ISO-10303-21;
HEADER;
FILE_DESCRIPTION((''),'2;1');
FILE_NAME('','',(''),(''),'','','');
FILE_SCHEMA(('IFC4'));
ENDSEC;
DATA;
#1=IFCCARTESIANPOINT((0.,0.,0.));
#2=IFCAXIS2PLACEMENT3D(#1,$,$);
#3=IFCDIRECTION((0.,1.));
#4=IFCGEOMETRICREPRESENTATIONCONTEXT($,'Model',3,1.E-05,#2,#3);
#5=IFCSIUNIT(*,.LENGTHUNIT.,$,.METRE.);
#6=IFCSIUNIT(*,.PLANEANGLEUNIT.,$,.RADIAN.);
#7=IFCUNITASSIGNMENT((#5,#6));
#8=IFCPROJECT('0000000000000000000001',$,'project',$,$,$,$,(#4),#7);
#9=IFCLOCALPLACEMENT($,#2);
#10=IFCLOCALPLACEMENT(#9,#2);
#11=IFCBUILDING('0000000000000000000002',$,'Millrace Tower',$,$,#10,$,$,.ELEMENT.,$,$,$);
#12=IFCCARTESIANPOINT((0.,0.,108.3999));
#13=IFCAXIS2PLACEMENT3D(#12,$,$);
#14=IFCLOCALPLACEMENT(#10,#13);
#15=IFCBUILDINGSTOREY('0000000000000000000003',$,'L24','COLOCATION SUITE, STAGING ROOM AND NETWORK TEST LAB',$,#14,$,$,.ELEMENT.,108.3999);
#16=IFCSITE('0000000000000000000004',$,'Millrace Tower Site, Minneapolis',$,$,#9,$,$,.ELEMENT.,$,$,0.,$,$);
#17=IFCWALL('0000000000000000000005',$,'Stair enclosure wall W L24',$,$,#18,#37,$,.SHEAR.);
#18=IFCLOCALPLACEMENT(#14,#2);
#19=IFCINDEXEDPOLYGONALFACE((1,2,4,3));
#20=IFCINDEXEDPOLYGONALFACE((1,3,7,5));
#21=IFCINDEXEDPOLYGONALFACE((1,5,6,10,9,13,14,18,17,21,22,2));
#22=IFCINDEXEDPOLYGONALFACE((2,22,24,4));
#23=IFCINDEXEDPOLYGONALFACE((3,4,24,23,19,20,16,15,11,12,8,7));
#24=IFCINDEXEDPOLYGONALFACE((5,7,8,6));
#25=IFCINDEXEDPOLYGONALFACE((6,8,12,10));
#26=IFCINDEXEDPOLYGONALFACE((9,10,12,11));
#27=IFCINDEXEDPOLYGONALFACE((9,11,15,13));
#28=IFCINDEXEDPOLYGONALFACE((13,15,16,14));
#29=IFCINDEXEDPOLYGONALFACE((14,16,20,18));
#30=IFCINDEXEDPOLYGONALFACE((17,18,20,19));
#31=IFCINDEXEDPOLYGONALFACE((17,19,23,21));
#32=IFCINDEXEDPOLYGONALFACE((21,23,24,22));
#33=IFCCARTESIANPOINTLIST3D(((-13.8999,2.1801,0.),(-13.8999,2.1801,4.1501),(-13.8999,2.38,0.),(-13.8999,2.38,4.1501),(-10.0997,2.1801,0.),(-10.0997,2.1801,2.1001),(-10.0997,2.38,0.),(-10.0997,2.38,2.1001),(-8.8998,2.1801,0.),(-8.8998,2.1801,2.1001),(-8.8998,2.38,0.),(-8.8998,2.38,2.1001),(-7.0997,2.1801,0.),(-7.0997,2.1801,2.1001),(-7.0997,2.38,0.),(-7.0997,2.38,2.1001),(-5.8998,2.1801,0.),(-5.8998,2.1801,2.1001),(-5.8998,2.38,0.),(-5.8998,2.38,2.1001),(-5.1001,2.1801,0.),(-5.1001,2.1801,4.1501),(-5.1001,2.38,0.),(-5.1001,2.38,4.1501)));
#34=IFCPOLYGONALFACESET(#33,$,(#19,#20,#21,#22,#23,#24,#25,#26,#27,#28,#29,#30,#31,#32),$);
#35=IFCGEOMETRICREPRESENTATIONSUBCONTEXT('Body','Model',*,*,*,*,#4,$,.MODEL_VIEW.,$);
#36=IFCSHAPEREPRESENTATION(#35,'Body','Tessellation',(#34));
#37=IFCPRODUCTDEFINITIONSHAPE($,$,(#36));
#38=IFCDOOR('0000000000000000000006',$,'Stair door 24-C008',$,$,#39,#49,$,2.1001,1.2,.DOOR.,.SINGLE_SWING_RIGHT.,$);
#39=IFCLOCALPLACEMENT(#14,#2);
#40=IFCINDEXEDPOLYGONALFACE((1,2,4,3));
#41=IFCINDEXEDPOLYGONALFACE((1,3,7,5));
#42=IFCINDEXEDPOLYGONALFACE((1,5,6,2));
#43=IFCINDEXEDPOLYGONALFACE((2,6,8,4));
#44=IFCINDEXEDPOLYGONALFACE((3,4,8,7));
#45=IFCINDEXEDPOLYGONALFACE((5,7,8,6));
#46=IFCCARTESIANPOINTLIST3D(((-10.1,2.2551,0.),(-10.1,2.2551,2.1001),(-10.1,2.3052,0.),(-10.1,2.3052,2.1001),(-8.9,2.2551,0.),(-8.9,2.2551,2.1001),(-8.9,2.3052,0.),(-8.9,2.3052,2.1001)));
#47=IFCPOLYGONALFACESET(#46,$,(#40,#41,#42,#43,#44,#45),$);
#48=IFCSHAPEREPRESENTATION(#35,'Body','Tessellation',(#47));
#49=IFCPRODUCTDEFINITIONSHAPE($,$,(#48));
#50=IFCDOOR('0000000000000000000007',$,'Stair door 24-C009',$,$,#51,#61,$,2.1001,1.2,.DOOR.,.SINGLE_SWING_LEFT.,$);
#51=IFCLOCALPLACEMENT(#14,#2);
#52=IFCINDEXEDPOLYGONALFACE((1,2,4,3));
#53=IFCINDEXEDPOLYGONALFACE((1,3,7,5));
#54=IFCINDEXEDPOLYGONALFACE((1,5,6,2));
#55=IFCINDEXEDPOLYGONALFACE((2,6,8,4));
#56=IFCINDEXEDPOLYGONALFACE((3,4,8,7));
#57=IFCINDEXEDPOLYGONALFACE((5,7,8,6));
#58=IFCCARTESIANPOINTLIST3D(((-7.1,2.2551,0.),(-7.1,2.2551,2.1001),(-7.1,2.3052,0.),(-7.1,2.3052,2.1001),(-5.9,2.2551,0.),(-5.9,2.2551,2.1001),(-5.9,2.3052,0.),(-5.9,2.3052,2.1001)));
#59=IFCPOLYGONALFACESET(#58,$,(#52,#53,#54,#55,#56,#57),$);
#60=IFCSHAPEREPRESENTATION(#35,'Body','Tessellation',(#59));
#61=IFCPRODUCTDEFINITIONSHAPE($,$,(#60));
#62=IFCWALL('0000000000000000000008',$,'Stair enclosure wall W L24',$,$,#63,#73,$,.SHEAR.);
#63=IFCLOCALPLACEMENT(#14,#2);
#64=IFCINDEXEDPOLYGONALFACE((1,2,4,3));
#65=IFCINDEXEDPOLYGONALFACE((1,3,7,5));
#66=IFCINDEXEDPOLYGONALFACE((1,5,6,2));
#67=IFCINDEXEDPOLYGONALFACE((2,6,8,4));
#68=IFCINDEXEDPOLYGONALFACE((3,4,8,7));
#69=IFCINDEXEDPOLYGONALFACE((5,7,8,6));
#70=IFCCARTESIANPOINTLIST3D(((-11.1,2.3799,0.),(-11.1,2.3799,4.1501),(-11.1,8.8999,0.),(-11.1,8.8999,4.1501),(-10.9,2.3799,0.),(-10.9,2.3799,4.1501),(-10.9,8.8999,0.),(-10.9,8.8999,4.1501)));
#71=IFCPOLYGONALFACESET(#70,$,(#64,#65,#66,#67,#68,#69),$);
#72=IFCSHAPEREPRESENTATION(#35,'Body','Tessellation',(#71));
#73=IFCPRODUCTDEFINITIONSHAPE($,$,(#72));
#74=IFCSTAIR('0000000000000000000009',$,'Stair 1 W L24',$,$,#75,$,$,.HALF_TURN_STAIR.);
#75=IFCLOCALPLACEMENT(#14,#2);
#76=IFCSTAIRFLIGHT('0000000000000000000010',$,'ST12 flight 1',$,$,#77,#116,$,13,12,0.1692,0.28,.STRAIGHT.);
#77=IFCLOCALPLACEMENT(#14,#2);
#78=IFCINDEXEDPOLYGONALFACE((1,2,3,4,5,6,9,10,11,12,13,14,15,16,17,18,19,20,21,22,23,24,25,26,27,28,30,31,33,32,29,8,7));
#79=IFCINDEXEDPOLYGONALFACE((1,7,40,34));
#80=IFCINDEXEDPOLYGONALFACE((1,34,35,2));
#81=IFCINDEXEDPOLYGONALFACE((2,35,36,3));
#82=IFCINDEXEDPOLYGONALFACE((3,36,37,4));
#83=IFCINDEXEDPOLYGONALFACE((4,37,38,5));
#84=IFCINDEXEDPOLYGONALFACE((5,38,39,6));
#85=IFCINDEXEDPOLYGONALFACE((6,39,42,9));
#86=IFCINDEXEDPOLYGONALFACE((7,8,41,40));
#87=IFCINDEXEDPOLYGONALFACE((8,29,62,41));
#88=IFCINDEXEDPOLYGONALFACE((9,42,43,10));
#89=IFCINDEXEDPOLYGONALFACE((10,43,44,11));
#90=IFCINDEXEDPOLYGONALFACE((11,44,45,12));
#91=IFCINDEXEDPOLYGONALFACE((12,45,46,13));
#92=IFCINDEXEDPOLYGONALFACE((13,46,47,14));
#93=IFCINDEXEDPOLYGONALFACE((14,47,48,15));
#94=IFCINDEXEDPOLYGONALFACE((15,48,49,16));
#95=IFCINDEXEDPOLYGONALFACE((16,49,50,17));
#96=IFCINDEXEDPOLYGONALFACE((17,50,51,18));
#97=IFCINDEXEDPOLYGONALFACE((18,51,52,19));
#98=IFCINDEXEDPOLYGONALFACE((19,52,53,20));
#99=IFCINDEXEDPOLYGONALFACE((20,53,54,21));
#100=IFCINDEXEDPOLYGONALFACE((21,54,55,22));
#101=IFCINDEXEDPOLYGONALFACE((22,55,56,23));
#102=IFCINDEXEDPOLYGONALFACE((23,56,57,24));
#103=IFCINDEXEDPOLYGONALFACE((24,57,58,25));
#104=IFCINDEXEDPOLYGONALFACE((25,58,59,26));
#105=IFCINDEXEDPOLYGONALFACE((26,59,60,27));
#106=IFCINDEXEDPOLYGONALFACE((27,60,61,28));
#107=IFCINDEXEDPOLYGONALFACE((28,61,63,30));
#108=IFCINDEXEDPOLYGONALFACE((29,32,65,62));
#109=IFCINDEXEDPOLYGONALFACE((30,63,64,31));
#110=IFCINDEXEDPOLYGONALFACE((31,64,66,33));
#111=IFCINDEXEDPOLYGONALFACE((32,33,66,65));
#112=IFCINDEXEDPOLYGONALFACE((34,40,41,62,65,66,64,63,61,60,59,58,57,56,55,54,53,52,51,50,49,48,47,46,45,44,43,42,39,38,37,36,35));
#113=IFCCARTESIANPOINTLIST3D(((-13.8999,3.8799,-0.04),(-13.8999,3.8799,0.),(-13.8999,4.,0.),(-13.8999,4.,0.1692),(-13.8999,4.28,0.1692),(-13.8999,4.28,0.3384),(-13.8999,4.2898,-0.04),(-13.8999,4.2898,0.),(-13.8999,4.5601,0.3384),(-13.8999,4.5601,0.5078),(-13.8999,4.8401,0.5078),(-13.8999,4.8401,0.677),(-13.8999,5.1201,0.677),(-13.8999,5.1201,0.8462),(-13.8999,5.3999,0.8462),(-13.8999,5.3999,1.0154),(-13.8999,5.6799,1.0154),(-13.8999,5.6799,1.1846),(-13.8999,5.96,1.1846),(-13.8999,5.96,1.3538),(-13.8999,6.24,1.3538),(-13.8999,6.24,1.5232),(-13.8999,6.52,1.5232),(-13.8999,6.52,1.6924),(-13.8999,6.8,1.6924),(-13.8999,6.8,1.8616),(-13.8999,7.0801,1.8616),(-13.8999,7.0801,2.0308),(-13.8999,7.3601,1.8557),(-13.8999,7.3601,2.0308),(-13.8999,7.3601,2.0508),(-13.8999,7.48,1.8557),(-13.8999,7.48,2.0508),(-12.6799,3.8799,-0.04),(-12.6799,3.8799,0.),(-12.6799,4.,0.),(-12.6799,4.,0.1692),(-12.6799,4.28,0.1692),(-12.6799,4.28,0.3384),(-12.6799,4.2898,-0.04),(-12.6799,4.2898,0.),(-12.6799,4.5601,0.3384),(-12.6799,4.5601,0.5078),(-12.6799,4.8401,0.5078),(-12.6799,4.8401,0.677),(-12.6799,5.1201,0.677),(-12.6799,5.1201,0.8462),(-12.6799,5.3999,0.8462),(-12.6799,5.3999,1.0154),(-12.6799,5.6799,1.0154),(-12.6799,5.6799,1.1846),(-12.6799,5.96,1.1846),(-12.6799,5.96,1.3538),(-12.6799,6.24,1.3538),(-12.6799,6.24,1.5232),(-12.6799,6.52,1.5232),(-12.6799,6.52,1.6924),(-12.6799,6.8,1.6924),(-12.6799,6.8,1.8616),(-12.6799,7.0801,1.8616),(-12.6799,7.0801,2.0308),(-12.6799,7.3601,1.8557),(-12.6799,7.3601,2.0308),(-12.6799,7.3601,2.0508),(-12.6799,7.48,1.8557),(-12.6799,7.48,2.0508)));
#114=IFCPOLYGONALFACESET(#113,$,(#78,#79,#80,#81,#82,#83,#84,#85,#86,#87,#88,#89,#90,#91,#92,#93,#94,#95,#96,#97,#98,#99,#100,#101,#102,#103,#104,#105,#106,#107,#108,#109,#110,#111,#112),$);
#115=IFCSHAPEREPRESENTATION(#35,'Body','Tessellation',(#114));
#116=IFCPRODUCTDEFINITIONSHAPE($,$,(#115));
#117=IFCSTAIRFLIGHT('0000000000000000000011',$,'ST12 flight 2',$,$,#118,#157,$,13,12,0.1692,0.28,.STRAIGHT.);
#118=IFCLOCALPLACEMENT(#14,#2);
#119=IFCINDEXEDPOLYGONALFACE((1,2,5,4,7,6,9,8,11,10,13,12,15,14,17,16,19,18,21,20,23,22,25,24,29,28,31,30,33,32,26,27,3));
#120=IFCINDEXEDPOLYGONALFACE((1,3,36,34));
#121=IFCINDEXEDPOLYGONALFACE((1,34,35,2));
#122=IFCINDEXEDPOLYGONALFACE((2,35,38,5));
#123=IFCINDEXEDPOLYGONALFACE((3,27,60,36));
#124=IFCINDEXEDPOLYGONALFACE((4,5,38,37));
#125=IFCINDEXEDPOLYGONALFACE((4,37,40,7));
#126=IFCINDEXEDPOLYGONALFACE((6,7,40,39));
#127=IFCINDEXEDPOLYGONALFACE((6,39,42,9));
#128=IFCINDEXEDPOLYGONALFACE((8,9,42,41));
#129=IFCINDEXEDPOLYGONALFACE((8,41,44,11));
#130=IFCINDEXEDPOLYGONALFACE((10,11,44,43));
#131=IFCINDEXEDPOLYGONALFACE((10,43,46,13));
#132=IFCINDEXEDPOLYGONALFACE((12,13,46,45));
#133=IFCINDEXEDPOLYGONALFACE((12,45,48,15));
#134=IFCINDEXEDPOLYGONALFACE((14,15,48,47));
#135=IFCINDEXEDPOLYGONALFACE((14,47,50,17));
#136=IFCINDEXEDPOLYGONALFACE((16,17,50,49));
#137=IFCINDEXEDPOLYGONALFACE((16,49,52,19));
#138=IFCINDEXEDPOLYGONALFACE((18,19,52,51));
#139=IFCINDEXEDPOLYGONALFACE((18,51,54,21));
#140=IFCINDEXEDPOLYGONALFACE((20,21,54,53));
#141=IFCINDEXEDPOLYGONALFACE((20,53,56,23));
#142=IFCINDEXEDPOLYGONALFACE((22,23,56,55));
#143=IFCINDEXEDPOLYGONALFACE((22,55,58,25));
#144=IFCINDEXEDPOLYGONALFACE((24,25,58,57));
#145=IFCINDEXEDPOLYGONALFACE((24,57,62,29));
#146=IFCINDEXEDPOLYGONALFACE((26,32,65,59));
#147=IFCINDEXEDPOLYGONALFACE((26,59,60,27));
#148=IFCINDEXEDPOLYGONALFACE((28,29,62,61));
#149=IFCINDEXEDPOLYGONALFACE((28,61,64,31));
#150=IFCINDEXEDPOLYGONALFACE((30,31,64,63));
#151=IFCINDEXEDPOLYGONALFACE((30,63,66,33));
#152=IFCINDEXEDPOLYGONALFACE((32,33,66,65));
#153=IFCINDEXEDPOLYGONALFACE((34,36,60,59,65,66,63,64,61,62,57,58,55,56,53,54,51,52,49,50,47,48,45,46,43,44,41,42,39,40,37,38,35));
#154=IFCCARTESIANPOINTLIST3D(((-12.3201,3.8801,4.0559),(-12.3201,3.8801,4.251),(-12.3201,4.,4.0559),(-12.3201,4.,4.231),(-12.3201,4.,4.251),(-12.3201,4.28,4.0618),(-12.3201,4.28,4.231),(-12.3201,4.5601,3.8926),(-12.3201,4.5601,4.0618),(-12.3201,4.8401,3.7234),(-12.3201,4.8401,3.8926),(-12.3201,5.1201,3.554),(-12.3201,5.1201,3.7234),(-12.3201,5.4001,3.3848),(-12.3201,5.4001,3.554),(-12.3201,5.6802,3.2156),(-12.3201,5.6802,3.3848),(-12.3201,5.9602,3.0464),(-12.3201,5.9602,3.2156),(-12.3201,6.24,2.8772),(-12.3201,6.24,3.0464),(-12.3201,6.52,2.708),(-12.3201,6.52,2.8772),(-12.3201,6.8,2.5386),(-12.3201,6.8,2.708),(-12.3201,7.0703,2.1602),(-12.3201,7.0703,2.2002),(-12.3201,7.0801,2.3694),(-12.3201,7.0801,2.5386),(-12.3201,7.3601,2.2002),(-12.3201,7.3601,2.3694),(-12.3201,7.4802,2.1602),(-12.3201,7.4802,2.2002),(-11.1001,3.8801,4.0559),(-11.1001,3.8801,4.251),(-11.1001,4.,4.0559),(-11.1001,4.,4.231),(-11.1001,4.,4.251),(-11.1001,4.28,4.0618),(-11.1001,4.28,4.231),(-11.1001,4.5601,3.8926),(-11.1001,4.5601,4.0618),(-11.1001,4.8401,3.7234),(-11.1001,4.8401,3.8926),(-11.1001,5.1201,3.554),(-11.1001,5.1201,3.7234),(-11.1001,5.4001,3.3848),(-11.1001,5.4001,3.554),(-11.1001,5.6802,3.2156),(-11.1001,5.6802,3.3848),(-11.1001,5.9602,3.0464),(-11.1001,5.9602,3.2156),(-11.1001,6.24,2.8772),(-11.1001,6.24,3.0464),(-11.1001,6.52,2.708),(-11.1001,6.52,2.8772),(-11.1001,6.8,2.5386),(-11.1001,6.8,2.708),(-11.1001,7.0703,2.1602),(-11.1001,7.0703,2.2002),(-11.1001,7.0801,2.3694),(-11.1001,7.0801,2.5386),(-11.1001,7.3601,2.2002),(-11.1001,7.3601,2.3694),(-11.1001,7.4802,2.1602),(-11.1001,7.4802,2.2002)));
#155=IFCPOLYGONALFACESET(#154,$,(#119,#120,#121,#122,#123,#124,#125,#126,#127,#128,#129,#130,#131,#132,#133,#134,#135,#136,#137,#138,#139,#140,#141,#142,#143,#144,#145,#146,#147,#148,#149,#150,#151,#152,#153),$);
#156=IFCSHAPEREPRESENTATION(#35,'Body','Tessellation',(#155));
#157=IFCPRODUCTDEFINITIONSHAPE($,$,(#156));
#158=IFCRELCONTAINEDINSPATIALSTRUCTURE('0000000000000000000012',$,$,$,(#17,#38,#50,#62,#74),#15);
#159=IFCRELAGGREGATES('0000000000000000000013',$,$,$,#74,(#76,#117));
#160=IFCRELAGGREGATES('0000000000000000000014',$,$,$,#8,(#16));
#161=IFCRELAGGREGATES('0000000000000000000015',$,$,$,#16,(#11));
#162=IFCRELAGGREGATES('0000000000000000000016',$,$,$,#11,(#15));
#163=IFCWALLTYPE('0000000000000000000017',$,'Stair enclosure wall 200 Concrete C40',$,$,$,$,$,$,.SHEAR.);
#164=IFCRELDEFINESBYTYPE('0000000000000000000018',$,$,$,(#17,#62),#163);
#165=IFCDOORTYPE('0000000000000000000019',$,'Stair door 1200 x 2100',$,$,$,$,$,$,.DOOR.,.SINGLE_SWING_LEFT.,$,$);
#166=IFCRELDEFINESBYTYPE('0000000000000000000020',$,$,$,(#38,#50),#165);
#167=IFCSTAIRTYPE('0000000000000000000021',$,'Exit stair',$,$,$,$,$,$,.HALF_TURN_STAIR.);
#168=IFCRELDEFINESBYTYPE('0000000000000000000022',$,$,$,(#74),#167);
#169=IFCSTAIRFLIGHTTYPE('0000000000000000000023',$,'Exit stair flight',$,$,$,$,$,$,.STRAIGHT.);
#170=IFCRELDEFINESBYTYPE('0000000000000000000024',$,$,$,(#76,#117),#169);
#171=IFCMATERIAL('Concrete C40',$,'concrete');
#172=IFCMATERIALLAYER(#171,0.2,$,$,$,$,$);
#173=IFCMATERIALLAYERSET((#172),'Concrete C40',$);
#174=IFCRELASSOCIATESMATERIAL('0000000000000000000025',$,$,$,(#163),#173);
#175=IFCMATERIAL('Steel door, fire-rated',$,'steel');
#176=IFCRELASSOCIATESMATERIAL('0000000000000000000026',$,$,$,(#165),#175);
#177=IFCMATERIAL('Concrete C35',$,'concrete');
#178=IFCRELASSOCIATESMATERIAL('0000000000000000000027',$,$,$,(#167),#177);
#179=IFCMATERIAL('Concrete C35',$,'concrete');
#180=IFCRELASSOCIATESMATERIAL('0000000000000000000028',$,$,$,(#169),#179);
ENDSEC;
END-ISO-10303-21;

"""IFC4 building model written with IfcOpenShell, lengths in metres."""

from ifc_helpers import new_model, si_unit, direction, frame, frame_2d, origin, place, context, subcontext, project, spatial, polyline, rectangle, outline, extrude, material, layer, layer_set, type_object, element, fill, aggregate, save


model = new_model("IFC4")

# Units and contexts
model_context = context("Model", 3, precision=1e-05, world=origin(), true_north=direction((0.0, 1.0)))
body_context = subcontext(model_context, "Body", "Model", "MODEL_VIEW")
ifc_project = project(units=[si_unit("LENGTHUNIT", "METRE"), si_unit("PLANEANGLEUNIT", "RADIAN")], contexts=[model_context])

# Site, building, storey
site_placement = place(None, origin())
site = spatial("IfcSite", under=ifc_project, at=site_placement, Name="Millrace Tower Site, Minneapolis", CompositionType="ELEMENT", RefElevation=0.0)
building_placement = place(site_placement, origin())
building = spatial("IfcBuilding", under=site, at=building_placement, Name="Millrace Tower", CompositionType="ELEMENT")
storey_placement = place(building_placement, frame((0.0, 0.0, 108.3999)))
storey = spatial("IfcBuildingStorey", under=building, at=storey_placement, Name="L24", Description="COLOCATION SUITE, STAGING ROOM AND NETWORK TEST LAB", CompositionType="ELEMENT", Elevation=108.3999)

# Shared definitions
placement = place(storey_placement, origin())

# Shared definitions
ifc_material_1 = material(Name="Concrete C40", Category="concrete")
ifc_layer_1 = layer(ifc_material_1, 0.2)
ifc_layer_set_1 = layer_set([ifc_layer_1], Name="Concrete C40")
wall_type_1 = type_object("IfcWallType", Name="Stair enclosure wall 200 Concrete C40", PredefinedType="SHEAR", material=ifc_layer_set_1)

# Wall, openings, doors
wall_1_placement = place(storey_placement, frame((-13.8999, 2.28, 0.0), z_axis=(0.0, 0.0, 1.0), x_axis=(1.0, 0.0, 0.0)))
wall_1 = element("IfcWall", 1, at=wall_1_placement, inside=storey, type_object=wall_type_1, Name="Stair enclosure wall W L24", PredefinedType="SHEAR", context=body_context, shape_type="SweptSolid", body=[
    extrude(rectangle(XDim=8.7998, YDim=0.2, at=frame_2d((4.3999, 0.0))), origin(), (0.0, 0.0, 1.0), 4.1501),
])
opening_1_placement = place(wall_1_placement, frame((3.8, 0.0, 0.0)))
opening_1 = element("IfcOpeningElement", 2, at=opening_1_placement, cuts=wall_1, PredefinedType="OPENING", context=body_context, shape_type="SweptSolid", body=[
    extrude(rectangle(XDim=1.2, YDim=2.1001, at=frame_2d((0.6001, 1.05))), frame((0.0, 0.1099, 0.0), z_axis=(0.0, -1.0, 0.0), x_axis=(1.0, 0.0, 0.0)), (0.0, 0.0, 1.0), 0.22),
])
opening_2_placement = place(wall_1_placement, frame((6.8, 0.0, 0.0)))
opening_2 = element("IfcOpeningElement", 3, at=opening_2_placement, cuts=wall_1, PredefinedType="OPENING", context=body_context, shape_type="SweptSolid", body=[
    extrude(rectangle(XDim=1.2, YDim=2.1001, at=frame_2d((0.6001, 1.05))), frame((0.0, 0.1099, 0.0), z_axis=(0.0, -1.0, 0.0), x_axis=(1.0, 0.0, 0.0)), (0.0, 0.0, 1.0), 0.22),
])
ifc_material_2 = material(Name="Steel door, fire-rated", Category="steel")
door_type_1 = type_object("IfcDoorType", Name="Stair door 1200 x 2100", OperationType="SINGLE_SWING_LEFT", PredefinedType="DOOR", material=ifc_material_2)
door_1_placement = place(opening_1_placement, frame((1.2, 0.0, 0.0), z_axis=(0.0, 0.0, 1.0), x_axis=(-1.0, 0.0, 0.0)))
door_1 = element("IfcDoor", 4, at=door_1_placement, inside=storey, type_object=door_type_1, Name="Stair door 24-C008", OperationType="SINGLE_SWING_RIGHT", OverallHeight=2.1001, OverallWidth=1.2, PredefinedType="DOOR", context=body_context, shape_type="SweptSolid", body=[
    extrude(rectangle(XDim=1.2, YDim=2.1001, at=frame_2d((0.6001, 1.05))), frame((0.0, 0.0249, 0.0), z_axis=(0.0, -1.0, 0.0), x_axis=(1.0, 0.0, 0.0)), (0.0, 0.0, 1.0), 0.05),
])
fill(opening_1, door_1)
door_2_placement = place(opening_2_placement, frame((1.2, 0.0, 0.0), z_axis=(0.0, 0.0, 1.0), x_axis=(-1.0, 0.0, 0.0)))
door_2 = element("IfcDoor", 5, at=door_2_placement, inside=storey, type_object=door_type_1, Name="Stair door 24-C009", OperationType="SINGLE_SWING_LEFT", OverallHeight=2.1001, OverallWidth=1.2, PredefinedType="DOOR", context=body_context, shape_type="SweptSolid", body=[
    extrude(rectangle(XDim=1.2, YDim=2.1001, at=frame_2d((0.6001, 1.05))), frame((0.0, 0.0249, 0.0), z_axis=(0.0, -1.0, 0.0), x_axis=(1.0, 0.0, 0.0)), (0.0, 0.0, 1.0), 0.05),
])
fill(opening_2, door_2)

# Wall
wall_2_placement = place(storey_placement, frame((-11.0, 2.3799, 0.0), z_axis=(0.0, 0.0, 1.0), x_axis=(0.0, 1.0, 0.0)))
element("IfcWall", 6, at=wall_2_placement, inside=storey, type_object=wall_type_1, Name="Stair enclosure wall W L24", PredefinedType="SHEAR", context=body_context, shape_type="SweptSolid", body=[
    extrude(rectangle(XDim=6.52, YDim=0.2, at=frame_2d((3.26, 0.0))), origin(), (0.0, 0.0, 1.0), 4.1501),
])

# Stair, stair flights
ifc_material_3 = material(Name="Concrete C35", Category="concrete")
stair_type = type_object("IfcStairType", Name="Exit stair", PredefinedType="HALF_TURN_STAIR", material=ifc_material_3)
stair = element("IfcStair", 7, at=placement, inside=storey, type_object=stair_type, Name="Stair 1 W L24", PredefinedType="HALF_TURN_STAIR")
ifc_material_4 = material(Name="Concrete C35", Category="concrete")
stair_flight_type = type_object("IfcStairFlightType", Name="Exit stair flight", PredefinedType="STRAIGHT", material=ifc_material_4)
stair_flight_1_placement = place(storey_placement, frame((-13.29, 4.0, 0.0), z_axis=(0.0, 0.0, 1.0), x_axis=(0.0, 1.0, 0.0)))
stair_flight_1 = element("IfcStairFlight", 8, at=stair_flight_1_placement, type_object=stair_flight_type, Name="ST12 flight 1", NumberOfRisers=13, NumberOfTreads=12, PredefinedType="STRAIGHT", RiserHeight=0.1692, TreadLength=0.28, context=body_context, shape_type="SweptSolid", body=[
    extrude(outline(polyline([(-0.1201, -0.04), (-0.1201, 0.0), (0.0, 0.0), (0.0, 0.1692), (0.28, 0.1692), (0.28, 0.3384), (0.5601, 0.3384), (0.5601, 0.5078), (0.8401, 0.5078), (0.8401, 0.677), (1.1201, 0.677), (1.1201, 0.8462), (1.3999, 0.8462), (1.3999, 1.0154), (1.6799, 1.0154), (1.6799, 1.1846), (1.96, 1.1846), (1.96, 1.3538), (2.24, 1.3538), (2.24, 1.5232), (2.52, 1.5232), (2.52, 1.6924), (2.8, 1.6924), (2.8, 1.8616), (3.0801, 1.8616), (3.0801, 2.0308), (3.3601, 2.0308), (3.3601, 2.0508), (3.48, 2.0508), (3.48, 1.8557), (3.3601, 1.8557), (0.2898, 0.0), (0.2898, -0.04), (-0.1201, -0.04)])), frame((0.0, 0.6099, 0.0), z_axis=(0.0, -1.0, 0.0), x_axis=(1.0, 0.0, 0.0)), (0.0, 0.0, 1.0), 1.22),
])
stair_flight_2_placement = place(storey_placement, frame((-11.71, 7.3601, 2.2002), z_axis=(0.0, 0.0, 1.0), x_axis=(0.0, -1.0, 0.0)))
stair_flight_2 = element("IfcStairFlight", 9, at=stair_flight_2_placement, type_object=stair_flight_type, Name="ST12 flight 2", NumberOfRisers=13, NumberOfTreads=12, PredefinedType="STRAIGHT", RiserHeight=0.1692, TreadLength=0.28, context=body_context, shape_type="SweptSolid", body=[
    extrude(outline(polyline([(-0.1201, -0.04), (-0.1201, 0.0), (0.0, 0.0), (0.0, 0.1692), (0.28, 0.1692), (0.28, 0.3384), (0.5601, 0.3384), (0.5601, 0.5078), (0.8401, 0.5078), (0.8401, 0.677), (1.1201, 0.677), (1.1201, 0.8462), (1.3999, 0.8462), (1.3999, 1.0154), (1.6799, 1.0154), (1.6799, 1.1846), (1.96, 1.1846), (1.96, 1.3538), (2.24, 1.3538), (2.24, 1.5232), (2.52, 1.5232), (2.52, 1.6924), (2.8, 1.6924), (2.8, 1.8616), (3.0801, 1.8616), (3.0801, 2.0308), (3.3601, 2.0308), (3.3601, 2.0508), (3.48, 2.0508), (3.48, 1.8557), (3.3601, 1.8557), (0.2898, 0.0), (0.2898, -0.04), (-0.1201, -0.04)])), frame((0.0, 0.6099, 0.0), z_axis=(0.0, -1.0, 0.0), x_axis=(1.0, 0.0, 0.0)), (0.0, 0.0, 1.0), 1.22),
])
aggregate(stair, [stair_flight_1, stair_flight_2])

save(model, "model.ifc")
